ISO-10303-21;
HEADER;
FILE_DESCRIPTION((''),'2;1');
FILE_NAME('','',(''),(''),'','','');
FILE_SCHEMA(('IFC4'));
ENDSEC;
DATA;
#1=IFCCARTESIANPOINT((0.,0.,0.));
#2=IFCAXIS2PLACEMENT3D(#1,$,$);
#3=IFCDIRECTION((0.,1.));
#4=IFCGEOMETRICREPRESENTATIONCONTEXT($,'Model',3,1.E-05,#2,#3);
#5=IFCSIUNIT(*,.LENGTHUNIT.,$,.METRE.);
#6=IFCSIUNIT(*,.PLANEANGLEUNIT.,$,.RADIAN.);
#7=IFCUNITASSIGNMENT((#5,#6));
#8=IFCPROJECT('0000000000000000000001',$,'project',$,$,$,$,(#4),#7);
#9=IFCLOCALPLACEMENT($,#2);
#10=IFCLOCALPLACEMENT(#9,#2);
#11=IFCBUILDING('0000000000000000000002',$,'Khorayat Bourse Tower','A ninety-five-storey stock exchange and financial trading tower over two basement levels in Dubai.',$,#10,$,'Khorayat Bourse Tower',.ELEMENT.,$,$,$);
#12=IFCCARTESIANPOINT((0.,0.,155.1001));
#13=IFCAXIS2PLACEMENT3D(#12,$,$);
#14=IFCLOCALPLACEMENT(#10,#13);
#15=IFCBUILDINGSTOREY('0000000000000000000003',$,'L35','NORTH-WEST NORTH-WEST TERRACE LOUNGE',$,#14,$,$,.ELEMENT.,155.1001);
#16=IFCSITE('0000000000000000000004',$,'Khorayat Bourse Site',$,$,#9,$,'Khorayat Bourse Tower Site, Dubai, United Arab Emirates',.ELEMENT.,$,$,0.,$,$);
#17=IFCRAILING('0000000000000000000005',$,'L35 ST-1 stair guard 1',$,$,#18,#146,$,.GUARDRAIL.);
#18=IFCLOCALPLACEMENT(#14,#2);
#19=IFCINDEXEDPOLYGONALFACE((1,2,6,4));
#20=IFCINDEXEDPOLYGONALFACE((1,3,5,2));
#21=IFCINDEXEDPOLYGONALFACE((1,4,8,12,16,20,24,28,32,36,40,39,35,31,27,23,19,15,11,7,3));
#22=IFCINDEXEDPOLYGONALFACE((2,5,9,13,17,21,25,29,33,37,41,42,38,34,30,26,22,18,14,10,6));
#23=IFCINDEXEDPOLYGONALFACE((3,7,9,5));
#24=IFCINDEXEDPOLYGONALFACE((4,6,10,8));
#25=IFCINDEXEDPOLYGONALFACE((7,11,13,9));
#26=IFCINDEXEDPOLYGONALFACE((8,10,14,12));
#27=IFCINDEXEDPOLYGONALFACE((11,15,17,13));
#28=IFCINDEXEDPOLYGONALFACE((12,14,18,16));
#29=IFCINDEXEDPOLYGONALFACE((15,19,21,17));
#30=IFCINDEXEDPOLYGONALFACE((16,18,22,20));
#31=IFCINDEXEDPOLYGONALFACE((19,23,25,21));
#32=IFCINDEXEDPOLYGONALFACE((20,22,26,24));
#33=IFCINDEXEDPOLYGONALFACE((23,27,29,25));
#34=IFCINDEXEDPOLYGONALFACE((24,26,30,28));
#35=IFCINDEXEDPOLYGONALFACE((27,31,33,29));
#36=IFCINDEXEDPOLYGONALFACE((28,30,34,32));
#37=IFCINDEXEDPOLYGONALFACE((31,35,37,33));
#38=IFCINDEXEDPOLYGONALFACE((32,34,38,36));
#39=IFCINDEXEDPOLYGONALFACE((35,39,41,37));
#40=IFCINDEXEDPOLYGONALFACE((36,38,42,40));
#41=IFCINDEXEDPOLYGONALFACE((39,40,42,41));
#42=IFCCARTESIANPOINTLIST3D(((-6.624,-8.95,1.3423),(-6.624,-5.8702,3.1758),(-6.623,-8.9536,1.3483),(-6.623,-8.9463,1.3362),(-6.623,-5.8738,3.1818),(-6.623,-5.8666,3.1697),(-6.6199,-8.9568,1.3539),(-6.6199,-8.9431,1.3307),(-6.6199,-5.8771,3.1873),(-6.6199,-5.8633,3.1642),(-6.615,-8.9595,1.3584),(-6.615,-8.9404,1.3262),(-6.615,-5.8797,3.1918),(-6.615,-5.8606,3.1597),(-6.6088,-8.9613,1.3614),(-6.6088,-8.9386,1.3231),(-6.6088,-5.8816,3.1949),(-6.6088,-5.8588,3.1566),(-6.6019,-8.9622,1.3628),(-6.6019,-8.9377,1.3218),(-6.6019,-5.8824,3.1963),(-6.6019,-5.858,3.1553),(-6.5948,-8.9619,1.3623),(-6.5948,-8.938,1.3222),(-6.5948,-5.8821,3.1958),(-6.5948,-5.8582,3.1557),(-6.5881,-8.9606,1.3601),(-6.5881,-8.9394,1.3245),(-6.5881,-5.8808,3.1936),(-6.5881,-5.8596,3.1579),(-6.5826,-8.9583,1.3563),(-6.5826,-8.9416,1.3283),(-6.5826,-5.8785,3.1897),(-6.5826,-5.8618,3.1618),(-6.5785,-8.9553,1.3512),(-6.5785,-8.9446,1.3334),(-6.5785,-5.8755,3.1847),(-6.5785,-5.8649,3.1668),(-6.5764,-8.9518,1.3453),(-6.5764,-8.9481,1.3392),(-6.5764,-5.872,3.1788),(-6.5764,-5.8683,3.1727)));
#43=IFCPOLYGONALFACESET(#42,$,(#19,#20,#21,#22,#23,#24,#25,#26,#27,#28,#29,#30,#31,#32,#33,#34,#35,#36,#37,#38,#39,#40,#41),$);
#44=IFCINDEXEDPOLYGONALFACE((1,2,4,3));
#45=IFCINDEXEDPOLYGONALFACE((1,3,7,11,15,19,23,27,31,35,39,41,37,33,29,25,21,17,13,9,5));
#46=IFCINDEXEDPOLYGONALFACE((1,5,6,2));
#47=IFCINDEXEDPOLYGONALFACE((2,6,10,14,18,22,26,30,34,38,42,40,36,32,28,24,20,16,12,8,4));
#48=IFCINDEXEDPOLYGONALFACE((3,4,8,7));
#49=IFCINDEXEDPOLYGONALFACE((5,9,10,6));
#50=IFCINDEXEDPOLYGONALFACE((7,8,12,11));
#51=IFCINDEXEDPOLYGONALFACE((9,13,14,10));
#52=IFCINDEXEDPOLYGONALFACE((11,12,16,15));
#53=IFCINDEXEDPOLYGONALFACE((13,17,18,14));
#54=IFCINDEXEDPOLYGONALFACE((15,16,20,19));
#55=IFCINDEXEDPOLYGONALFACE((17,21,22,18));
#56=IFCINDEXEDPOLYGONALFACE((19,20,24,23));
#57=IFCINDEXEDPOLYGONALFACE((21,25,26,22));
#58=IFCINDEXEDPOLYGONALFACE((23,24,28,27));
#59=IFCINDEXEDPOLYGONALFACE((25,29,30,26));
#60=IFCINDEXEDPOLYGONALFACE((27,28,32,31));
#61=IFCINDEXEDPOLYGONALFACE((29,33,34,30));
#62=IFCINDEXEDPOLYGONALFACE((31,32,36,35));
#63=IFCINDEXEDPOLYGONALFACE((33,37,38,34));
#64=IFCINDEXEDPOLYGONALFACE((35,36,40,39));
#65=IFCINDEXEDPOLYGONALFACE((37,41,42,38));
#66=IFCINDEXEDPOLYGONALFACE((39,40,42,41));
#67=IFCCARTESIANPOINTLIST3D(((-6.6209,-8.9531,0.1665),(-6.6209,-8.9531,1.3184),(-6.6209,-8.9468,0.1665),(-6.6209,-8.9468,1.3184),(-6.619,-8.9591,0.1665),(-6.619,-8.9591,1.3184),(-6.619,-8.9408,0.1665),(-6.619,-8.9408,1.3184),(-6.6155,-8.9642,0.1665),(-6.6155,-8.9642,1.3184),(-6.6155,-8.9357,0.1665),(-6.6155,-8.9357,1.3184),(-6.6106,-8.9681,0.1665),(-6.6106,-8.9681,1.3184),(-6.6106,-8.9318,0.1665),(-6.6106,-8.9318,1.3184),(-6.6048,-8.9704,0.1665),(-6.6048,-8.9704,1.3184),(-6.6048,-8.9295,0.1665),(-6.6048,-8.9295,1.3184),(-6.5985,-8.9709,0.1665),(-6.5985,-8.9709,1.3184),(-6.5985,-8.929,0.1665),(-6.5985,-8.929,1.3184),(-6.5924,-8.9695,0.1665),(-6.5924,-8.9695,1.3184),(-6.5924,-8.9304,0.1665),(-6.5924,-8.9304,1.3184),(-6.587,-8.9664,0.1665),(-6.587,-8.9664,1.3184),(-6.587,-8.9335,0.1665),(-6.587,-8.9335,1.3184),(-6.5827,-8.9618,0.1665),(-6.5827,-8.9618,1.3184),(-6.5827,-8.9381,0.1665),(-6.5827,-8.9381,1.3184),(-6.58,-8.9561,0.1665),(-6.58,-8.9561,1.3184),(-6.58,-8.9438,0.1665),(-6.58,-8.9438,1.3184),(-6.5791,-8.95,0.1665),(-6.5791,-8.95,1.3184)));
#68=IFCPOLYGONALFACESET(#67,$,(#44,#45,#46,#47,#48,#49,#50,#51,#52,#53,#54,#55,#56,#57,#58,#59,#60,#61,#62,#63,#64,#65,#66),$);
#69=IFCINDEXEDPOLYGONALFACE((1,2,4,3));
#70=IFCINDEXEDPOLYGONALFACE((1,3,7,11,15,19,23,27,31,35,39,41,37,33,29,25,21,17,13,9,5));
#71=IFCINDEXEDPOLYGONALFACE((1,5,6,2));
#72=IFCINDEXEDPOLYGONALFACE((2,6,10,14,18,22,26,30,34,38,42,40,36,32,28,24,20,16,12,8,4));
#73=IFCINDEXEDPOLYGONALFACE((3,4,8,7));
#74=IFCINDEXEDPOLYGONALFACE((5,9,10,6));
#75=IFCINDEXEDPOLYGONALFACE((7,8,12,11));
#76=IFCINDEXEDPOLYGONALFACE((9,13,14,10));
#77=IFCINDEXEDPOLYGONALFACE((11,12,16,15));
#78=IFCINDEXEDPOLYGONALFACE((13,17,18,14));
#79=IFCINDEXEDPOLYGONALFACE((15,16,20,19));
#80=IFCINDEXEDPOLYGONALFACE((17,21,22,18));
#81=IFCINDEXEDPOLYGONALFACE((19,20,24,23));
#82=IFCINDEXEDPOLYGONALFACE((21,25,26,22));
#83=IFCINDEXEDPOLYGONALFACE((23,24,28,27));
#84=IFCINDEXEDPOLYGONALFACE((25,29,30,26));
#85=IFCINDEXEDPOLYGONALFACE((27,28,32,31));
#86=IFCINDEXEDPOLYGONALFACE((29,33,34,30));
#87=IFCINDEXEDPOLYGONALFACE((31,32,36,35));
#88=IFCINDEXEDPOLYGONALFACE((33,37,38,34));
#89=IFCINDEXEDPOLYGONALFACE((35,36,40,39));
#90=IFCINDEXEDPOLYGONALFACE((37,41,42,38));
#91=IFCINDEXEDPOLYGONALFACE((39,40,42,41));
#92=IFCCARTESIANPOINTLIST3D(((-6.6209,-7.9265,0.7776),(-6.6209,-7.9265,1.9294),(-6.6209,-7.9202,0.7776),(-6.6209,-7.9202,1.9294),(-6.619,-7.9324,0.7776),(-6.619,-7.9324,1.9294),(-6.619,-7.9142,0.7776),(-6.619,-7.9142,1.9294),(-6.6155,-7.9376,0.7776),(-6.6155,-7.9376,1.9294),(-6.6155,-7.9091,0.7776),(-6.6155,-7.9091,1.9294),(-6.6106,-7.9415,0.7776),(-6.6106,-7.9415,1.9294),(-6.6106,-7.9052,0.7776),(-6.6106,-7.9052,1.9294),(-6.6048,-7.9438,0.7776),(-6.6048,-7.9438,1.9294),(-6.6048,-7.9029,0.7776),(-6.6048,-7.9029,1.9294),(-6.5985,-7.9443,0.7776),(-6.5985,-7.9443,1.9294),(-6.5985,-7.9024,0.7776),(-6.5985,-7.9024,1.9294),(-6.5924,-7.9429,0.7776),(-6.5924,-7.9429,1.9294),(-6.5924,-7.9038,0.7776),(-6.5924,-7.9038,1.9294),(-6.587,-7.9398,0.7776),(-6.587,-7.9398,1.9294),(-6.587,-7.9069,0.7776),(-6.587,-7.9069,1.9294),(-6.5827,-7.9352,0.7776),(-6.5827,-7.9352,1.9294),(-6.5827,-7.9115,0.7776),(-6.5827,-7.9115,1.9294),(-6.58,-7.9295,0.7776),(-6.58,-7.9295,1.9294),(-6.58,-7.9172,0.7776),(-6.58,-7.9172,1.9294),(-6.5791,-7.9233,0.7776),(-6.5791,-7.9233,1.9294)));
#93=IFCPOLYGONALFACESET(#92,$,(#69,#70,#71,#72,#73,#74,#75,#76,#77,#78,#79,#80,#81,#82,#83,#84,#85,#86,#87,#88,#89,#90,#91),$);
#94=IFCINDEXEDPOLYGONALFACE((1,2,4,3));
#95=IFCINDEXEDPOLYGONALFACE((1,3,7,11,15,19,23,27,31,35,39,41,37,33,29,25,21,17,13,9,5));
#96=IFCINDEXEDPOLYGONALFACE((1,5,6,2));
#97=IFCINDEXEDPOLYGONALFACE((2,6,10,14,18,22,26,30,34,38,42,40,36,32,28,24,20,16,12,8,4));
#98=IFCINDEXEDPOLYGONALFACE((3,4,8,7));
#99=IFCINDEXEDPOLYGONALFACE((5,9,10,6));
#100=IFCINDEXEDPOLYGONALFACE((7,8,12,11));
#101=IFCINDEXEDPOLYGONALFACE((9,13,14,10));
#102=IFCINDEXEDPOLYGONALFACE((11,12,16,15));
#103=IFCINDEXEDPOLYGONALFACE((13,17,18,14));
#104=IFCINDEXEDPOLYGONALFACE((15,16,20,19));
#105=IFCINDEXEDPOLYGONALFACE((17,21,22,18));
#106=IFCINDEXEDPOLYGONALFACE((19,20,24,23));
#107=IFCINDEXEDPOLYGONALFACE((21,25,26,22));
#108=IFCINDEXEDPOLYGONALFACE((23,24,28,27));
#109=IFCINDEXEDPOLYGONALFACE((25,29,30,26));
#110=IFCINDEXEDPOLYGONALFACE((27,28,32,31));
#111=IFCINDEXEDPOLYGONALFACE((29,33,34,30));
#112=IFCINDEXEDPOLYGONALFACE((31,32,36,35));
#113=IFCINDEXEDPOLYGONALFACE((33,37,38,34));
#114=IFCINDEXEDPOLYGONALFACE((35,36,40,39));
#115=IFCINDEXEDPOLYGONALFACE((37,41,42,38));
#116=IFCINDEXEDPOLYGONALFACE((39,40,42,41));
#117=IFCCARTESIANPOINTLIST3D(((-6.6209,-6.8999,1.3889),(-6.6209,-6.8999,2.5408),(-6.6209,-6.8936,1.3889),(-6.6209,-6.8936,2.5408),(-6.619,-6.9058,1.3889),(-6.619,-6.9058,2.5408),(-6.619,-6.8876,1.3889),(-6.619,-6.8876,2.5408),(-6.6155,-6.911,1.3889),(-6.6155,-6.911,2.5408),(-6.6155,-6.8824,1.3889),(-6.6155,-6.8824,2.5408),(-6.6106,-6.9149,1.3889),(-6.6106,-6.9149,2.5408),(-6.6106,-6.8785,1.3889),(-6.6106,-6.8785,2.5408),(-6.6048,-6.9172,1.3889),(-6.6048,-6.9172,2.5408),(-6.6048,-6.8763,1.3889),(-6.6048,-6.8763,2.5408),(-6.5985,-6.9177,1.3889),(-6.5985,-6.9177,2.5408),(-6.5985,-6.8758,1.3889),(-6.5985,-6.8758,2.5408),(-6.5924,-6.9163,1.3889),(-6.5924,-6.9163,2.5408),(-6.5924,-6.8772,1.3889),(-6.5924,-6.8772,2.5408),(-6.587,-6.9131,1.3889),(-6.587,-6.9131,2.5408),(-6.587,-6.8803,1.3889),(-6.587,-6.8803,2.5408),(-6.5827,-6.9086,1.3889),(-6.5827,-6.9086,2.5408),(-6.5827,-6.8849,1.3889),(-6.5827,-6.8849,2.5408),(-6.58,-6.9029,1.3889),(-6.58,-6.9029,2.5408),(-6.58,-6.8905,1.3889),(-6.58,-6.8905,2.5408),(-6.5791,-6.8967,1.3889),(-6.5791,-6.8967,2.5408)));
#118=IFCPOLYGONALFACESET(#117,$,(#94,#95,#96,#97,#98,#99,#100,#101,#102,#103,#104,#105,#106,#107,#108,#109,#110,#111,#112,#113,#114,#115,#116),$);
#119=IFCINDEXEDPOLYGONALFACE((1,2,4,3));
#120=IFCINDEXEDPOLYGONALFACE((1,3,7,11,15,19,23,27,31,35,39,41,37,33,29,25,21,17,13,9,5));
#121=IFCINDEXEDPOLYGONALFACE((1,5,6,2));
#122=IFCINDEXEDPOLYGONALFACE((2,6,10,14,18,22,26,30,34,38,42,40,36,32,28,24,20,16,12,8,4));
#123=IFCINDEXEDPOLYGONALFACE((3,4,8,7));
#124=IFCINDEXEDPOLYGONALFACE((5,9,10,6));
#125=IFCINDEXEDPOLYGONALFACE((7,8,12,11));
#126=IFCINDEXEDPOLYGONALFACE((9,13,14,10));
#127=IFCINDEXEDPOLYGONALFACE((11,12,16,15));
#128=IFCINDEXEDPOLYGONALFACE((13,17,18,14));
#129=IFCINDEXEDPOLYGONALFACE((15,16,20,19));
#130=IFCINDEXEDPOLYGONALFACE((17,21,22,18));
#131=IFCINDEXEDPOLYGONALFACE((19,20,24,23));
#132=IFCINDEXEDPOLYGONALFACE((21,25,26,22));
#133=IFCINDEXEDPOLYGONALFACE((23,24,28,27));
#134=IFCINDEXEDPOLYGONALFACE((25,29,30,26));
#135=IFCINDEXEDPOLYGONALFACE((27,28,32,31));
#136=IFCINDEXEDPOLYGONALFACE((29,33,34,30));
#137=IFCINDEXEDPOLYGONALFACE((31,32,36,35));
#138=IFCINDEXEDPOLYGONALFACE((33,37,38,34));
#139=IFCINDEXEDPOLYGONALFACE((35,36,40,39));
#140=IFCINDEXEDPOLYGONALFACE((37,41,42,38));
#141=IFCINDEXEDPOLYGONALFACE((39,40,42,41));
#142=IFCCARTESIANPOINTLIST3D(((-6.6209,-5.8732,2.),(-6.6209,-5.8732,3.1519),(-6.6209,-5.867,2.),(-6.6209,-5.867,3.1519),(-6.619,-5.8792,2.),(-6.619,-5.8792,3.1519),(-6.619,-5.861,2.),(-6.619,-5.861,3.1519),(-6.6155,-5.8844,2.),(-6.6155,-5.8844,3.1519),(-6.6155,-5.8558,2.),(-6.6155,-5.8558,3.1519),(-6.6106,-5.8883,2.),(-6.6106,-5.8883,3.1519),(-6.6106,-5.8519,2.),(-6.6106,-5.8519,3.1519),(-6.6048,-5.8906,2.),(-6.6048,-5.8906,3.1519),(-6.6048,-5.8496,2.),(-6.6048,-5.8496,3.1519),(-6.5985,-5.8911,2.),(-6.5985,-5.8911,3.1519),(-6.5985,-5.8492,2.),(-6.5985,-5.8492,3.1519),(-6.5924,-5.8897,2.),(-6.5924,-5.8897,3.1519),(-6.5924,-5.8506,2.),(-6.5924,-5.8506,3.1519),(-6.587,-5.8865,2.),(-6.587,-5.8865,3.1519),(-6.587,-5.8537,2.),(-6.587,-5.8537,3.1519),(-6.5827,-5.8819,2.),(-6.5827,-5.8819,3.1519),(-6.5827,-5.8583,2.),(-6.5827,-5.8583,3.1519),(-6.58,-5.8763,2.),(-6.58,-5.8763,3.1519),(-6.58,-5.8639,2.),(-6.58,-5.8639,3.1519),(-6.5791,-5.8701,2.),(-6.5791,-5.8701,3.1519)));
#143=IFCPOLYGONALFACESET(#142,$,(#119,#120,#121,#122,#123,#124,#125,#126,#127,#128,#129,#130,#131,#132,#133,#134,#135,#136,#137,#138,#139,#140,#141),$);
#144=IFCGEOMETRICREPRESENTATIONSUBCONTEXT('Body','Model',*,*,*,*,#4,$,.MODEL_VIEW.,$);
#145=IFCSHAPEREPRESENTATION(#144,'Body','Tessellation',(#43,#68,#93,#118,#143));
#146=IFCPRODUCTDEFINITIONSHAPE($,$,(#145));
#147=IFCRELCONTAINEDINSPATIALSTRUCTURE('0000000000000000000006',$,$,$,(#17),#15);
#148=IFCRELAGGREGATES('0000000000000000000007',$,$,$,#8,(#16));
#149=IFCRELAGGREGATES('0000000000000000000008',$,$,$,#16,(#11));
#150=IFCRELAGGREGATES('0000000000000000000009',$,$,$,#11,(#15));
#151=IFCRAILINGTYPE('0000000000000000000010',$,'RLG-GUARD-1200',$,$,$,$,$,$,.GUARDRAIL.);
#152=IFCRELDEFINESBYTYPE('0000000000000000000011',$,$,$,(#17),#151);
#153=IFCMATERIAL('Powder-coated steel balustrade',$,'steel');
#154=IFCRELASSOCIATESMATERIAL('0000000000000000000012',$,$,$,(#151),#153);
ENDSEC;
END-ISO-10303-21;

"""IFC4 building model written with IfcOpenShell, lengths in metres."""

from ifc_helpers import new_model, si_unit, direction, frame, origin, origin_2d, place, context, subcontext, project, spatial, circle, extrude, source, transform, mapped, material, type_object, element, save


model = new_model("IFC4")

# Units and contexts
model_context = context("Model", 3, precision=1e-05, world=origin(), true_north=direction((0.0, 1.0)))
body_context = subcontext(model_context, "Body", "Model", "MODEL_VIEW")
ifc_project = project(units=[si_unit("LENGTHUNIT", "METRE"), si_unit("PLANEANGLEUNIT", "RADIAN")], contexts=[model_context])

# Site, building, storey
site_placement = place(None, origin())
site = spatial("IfcSite", under=ifc_project, at=site_placement, Name="Khorayat Bourse Site", LongName="Khorayat Bourse Tower Site, Dubai, United Arab Emirates", CompositionType="ELEMENT", RefElevation=0.0)
building_placement = place(site_placement, origin())
building = spatial("IfcBuilding", under=site, at=building_placement, Name="Khorayat Bourse Tower", Description="A ninety-five-storey stock exchange and financial trading tower over two basement levels in Dubai.", LongName="Khorayat Bourse Tower", CompositionType="ELEMENT")
storey_placement = place(building_placement, frame((0.0, 0.0, 155.1001)))
storey = spatial("IfcBuildingStorey", under=building, at=storey_placement, Name="L35", Description="NORTH-WEST NORTH-WEST TERRACE LOUNGE", CompositionType="ELEMENT", Elevation=155.1001)

# Railing
ifc_material_1 = material(Name="Powder-coated steel balustrade", Category="steel")
railing_type_1 = type_object("IfcRailingType", Name="RLG-GUARD-1200", PredefinedType="GUARDRAIL", material=ifc_material_1)
shared_shape_1 = source(origin(), body_context, "Body", "SweptSolid", [
    extrude(circle(Radius=0.0239, at=origin_2d()), frame((0.0, 0.0, 1.1758), z_axis=(0.0, 0.859261, 0.511538), x_axis=(-1.0, 0.0, 0.0)), (0.0, 0.0, 1.0), 3.5842),
    extrude(circle(Radius=0.021, at=origin_2d()), origin(), (0.0, 0.0, 1.0), 1.1519),
    extrude(circle(Radius=0.021, at=origin_2d()), frame((0.0, 1.0266, 0.6111)), (0.0, 0.0, 1.0), 1.1519),
    extrude(circle(Radius=0.021, at=origin_2d()), frame((0.0, 2.0532, 1.2224)), (0.0, 0.0, 1.0), 1.1519),
    extrude(circle(Radius=0.021, at=origin_2d()), frame((0.0, 3.0798, 1.8335)), (0.0, 0.0, 1.0), 1.1519),
])
railing_1_placement = place(storey_placement, frame((-6.6001, -8.95, 0.1665)))
element("IfcRailing", 1, at=railing_1_placement, inside=storey, type_object=railing_type_1, Name="L35 ST-1 stair guard 1", PredefinedType="GUARDRAIL", context=body_context, shape_type="MappedRepresentation", body=[
    mapped(shared_shape_1, transform((0.0, 0.0, 0.0), scale=1.0)),
])

save(model, "model.ifc")
